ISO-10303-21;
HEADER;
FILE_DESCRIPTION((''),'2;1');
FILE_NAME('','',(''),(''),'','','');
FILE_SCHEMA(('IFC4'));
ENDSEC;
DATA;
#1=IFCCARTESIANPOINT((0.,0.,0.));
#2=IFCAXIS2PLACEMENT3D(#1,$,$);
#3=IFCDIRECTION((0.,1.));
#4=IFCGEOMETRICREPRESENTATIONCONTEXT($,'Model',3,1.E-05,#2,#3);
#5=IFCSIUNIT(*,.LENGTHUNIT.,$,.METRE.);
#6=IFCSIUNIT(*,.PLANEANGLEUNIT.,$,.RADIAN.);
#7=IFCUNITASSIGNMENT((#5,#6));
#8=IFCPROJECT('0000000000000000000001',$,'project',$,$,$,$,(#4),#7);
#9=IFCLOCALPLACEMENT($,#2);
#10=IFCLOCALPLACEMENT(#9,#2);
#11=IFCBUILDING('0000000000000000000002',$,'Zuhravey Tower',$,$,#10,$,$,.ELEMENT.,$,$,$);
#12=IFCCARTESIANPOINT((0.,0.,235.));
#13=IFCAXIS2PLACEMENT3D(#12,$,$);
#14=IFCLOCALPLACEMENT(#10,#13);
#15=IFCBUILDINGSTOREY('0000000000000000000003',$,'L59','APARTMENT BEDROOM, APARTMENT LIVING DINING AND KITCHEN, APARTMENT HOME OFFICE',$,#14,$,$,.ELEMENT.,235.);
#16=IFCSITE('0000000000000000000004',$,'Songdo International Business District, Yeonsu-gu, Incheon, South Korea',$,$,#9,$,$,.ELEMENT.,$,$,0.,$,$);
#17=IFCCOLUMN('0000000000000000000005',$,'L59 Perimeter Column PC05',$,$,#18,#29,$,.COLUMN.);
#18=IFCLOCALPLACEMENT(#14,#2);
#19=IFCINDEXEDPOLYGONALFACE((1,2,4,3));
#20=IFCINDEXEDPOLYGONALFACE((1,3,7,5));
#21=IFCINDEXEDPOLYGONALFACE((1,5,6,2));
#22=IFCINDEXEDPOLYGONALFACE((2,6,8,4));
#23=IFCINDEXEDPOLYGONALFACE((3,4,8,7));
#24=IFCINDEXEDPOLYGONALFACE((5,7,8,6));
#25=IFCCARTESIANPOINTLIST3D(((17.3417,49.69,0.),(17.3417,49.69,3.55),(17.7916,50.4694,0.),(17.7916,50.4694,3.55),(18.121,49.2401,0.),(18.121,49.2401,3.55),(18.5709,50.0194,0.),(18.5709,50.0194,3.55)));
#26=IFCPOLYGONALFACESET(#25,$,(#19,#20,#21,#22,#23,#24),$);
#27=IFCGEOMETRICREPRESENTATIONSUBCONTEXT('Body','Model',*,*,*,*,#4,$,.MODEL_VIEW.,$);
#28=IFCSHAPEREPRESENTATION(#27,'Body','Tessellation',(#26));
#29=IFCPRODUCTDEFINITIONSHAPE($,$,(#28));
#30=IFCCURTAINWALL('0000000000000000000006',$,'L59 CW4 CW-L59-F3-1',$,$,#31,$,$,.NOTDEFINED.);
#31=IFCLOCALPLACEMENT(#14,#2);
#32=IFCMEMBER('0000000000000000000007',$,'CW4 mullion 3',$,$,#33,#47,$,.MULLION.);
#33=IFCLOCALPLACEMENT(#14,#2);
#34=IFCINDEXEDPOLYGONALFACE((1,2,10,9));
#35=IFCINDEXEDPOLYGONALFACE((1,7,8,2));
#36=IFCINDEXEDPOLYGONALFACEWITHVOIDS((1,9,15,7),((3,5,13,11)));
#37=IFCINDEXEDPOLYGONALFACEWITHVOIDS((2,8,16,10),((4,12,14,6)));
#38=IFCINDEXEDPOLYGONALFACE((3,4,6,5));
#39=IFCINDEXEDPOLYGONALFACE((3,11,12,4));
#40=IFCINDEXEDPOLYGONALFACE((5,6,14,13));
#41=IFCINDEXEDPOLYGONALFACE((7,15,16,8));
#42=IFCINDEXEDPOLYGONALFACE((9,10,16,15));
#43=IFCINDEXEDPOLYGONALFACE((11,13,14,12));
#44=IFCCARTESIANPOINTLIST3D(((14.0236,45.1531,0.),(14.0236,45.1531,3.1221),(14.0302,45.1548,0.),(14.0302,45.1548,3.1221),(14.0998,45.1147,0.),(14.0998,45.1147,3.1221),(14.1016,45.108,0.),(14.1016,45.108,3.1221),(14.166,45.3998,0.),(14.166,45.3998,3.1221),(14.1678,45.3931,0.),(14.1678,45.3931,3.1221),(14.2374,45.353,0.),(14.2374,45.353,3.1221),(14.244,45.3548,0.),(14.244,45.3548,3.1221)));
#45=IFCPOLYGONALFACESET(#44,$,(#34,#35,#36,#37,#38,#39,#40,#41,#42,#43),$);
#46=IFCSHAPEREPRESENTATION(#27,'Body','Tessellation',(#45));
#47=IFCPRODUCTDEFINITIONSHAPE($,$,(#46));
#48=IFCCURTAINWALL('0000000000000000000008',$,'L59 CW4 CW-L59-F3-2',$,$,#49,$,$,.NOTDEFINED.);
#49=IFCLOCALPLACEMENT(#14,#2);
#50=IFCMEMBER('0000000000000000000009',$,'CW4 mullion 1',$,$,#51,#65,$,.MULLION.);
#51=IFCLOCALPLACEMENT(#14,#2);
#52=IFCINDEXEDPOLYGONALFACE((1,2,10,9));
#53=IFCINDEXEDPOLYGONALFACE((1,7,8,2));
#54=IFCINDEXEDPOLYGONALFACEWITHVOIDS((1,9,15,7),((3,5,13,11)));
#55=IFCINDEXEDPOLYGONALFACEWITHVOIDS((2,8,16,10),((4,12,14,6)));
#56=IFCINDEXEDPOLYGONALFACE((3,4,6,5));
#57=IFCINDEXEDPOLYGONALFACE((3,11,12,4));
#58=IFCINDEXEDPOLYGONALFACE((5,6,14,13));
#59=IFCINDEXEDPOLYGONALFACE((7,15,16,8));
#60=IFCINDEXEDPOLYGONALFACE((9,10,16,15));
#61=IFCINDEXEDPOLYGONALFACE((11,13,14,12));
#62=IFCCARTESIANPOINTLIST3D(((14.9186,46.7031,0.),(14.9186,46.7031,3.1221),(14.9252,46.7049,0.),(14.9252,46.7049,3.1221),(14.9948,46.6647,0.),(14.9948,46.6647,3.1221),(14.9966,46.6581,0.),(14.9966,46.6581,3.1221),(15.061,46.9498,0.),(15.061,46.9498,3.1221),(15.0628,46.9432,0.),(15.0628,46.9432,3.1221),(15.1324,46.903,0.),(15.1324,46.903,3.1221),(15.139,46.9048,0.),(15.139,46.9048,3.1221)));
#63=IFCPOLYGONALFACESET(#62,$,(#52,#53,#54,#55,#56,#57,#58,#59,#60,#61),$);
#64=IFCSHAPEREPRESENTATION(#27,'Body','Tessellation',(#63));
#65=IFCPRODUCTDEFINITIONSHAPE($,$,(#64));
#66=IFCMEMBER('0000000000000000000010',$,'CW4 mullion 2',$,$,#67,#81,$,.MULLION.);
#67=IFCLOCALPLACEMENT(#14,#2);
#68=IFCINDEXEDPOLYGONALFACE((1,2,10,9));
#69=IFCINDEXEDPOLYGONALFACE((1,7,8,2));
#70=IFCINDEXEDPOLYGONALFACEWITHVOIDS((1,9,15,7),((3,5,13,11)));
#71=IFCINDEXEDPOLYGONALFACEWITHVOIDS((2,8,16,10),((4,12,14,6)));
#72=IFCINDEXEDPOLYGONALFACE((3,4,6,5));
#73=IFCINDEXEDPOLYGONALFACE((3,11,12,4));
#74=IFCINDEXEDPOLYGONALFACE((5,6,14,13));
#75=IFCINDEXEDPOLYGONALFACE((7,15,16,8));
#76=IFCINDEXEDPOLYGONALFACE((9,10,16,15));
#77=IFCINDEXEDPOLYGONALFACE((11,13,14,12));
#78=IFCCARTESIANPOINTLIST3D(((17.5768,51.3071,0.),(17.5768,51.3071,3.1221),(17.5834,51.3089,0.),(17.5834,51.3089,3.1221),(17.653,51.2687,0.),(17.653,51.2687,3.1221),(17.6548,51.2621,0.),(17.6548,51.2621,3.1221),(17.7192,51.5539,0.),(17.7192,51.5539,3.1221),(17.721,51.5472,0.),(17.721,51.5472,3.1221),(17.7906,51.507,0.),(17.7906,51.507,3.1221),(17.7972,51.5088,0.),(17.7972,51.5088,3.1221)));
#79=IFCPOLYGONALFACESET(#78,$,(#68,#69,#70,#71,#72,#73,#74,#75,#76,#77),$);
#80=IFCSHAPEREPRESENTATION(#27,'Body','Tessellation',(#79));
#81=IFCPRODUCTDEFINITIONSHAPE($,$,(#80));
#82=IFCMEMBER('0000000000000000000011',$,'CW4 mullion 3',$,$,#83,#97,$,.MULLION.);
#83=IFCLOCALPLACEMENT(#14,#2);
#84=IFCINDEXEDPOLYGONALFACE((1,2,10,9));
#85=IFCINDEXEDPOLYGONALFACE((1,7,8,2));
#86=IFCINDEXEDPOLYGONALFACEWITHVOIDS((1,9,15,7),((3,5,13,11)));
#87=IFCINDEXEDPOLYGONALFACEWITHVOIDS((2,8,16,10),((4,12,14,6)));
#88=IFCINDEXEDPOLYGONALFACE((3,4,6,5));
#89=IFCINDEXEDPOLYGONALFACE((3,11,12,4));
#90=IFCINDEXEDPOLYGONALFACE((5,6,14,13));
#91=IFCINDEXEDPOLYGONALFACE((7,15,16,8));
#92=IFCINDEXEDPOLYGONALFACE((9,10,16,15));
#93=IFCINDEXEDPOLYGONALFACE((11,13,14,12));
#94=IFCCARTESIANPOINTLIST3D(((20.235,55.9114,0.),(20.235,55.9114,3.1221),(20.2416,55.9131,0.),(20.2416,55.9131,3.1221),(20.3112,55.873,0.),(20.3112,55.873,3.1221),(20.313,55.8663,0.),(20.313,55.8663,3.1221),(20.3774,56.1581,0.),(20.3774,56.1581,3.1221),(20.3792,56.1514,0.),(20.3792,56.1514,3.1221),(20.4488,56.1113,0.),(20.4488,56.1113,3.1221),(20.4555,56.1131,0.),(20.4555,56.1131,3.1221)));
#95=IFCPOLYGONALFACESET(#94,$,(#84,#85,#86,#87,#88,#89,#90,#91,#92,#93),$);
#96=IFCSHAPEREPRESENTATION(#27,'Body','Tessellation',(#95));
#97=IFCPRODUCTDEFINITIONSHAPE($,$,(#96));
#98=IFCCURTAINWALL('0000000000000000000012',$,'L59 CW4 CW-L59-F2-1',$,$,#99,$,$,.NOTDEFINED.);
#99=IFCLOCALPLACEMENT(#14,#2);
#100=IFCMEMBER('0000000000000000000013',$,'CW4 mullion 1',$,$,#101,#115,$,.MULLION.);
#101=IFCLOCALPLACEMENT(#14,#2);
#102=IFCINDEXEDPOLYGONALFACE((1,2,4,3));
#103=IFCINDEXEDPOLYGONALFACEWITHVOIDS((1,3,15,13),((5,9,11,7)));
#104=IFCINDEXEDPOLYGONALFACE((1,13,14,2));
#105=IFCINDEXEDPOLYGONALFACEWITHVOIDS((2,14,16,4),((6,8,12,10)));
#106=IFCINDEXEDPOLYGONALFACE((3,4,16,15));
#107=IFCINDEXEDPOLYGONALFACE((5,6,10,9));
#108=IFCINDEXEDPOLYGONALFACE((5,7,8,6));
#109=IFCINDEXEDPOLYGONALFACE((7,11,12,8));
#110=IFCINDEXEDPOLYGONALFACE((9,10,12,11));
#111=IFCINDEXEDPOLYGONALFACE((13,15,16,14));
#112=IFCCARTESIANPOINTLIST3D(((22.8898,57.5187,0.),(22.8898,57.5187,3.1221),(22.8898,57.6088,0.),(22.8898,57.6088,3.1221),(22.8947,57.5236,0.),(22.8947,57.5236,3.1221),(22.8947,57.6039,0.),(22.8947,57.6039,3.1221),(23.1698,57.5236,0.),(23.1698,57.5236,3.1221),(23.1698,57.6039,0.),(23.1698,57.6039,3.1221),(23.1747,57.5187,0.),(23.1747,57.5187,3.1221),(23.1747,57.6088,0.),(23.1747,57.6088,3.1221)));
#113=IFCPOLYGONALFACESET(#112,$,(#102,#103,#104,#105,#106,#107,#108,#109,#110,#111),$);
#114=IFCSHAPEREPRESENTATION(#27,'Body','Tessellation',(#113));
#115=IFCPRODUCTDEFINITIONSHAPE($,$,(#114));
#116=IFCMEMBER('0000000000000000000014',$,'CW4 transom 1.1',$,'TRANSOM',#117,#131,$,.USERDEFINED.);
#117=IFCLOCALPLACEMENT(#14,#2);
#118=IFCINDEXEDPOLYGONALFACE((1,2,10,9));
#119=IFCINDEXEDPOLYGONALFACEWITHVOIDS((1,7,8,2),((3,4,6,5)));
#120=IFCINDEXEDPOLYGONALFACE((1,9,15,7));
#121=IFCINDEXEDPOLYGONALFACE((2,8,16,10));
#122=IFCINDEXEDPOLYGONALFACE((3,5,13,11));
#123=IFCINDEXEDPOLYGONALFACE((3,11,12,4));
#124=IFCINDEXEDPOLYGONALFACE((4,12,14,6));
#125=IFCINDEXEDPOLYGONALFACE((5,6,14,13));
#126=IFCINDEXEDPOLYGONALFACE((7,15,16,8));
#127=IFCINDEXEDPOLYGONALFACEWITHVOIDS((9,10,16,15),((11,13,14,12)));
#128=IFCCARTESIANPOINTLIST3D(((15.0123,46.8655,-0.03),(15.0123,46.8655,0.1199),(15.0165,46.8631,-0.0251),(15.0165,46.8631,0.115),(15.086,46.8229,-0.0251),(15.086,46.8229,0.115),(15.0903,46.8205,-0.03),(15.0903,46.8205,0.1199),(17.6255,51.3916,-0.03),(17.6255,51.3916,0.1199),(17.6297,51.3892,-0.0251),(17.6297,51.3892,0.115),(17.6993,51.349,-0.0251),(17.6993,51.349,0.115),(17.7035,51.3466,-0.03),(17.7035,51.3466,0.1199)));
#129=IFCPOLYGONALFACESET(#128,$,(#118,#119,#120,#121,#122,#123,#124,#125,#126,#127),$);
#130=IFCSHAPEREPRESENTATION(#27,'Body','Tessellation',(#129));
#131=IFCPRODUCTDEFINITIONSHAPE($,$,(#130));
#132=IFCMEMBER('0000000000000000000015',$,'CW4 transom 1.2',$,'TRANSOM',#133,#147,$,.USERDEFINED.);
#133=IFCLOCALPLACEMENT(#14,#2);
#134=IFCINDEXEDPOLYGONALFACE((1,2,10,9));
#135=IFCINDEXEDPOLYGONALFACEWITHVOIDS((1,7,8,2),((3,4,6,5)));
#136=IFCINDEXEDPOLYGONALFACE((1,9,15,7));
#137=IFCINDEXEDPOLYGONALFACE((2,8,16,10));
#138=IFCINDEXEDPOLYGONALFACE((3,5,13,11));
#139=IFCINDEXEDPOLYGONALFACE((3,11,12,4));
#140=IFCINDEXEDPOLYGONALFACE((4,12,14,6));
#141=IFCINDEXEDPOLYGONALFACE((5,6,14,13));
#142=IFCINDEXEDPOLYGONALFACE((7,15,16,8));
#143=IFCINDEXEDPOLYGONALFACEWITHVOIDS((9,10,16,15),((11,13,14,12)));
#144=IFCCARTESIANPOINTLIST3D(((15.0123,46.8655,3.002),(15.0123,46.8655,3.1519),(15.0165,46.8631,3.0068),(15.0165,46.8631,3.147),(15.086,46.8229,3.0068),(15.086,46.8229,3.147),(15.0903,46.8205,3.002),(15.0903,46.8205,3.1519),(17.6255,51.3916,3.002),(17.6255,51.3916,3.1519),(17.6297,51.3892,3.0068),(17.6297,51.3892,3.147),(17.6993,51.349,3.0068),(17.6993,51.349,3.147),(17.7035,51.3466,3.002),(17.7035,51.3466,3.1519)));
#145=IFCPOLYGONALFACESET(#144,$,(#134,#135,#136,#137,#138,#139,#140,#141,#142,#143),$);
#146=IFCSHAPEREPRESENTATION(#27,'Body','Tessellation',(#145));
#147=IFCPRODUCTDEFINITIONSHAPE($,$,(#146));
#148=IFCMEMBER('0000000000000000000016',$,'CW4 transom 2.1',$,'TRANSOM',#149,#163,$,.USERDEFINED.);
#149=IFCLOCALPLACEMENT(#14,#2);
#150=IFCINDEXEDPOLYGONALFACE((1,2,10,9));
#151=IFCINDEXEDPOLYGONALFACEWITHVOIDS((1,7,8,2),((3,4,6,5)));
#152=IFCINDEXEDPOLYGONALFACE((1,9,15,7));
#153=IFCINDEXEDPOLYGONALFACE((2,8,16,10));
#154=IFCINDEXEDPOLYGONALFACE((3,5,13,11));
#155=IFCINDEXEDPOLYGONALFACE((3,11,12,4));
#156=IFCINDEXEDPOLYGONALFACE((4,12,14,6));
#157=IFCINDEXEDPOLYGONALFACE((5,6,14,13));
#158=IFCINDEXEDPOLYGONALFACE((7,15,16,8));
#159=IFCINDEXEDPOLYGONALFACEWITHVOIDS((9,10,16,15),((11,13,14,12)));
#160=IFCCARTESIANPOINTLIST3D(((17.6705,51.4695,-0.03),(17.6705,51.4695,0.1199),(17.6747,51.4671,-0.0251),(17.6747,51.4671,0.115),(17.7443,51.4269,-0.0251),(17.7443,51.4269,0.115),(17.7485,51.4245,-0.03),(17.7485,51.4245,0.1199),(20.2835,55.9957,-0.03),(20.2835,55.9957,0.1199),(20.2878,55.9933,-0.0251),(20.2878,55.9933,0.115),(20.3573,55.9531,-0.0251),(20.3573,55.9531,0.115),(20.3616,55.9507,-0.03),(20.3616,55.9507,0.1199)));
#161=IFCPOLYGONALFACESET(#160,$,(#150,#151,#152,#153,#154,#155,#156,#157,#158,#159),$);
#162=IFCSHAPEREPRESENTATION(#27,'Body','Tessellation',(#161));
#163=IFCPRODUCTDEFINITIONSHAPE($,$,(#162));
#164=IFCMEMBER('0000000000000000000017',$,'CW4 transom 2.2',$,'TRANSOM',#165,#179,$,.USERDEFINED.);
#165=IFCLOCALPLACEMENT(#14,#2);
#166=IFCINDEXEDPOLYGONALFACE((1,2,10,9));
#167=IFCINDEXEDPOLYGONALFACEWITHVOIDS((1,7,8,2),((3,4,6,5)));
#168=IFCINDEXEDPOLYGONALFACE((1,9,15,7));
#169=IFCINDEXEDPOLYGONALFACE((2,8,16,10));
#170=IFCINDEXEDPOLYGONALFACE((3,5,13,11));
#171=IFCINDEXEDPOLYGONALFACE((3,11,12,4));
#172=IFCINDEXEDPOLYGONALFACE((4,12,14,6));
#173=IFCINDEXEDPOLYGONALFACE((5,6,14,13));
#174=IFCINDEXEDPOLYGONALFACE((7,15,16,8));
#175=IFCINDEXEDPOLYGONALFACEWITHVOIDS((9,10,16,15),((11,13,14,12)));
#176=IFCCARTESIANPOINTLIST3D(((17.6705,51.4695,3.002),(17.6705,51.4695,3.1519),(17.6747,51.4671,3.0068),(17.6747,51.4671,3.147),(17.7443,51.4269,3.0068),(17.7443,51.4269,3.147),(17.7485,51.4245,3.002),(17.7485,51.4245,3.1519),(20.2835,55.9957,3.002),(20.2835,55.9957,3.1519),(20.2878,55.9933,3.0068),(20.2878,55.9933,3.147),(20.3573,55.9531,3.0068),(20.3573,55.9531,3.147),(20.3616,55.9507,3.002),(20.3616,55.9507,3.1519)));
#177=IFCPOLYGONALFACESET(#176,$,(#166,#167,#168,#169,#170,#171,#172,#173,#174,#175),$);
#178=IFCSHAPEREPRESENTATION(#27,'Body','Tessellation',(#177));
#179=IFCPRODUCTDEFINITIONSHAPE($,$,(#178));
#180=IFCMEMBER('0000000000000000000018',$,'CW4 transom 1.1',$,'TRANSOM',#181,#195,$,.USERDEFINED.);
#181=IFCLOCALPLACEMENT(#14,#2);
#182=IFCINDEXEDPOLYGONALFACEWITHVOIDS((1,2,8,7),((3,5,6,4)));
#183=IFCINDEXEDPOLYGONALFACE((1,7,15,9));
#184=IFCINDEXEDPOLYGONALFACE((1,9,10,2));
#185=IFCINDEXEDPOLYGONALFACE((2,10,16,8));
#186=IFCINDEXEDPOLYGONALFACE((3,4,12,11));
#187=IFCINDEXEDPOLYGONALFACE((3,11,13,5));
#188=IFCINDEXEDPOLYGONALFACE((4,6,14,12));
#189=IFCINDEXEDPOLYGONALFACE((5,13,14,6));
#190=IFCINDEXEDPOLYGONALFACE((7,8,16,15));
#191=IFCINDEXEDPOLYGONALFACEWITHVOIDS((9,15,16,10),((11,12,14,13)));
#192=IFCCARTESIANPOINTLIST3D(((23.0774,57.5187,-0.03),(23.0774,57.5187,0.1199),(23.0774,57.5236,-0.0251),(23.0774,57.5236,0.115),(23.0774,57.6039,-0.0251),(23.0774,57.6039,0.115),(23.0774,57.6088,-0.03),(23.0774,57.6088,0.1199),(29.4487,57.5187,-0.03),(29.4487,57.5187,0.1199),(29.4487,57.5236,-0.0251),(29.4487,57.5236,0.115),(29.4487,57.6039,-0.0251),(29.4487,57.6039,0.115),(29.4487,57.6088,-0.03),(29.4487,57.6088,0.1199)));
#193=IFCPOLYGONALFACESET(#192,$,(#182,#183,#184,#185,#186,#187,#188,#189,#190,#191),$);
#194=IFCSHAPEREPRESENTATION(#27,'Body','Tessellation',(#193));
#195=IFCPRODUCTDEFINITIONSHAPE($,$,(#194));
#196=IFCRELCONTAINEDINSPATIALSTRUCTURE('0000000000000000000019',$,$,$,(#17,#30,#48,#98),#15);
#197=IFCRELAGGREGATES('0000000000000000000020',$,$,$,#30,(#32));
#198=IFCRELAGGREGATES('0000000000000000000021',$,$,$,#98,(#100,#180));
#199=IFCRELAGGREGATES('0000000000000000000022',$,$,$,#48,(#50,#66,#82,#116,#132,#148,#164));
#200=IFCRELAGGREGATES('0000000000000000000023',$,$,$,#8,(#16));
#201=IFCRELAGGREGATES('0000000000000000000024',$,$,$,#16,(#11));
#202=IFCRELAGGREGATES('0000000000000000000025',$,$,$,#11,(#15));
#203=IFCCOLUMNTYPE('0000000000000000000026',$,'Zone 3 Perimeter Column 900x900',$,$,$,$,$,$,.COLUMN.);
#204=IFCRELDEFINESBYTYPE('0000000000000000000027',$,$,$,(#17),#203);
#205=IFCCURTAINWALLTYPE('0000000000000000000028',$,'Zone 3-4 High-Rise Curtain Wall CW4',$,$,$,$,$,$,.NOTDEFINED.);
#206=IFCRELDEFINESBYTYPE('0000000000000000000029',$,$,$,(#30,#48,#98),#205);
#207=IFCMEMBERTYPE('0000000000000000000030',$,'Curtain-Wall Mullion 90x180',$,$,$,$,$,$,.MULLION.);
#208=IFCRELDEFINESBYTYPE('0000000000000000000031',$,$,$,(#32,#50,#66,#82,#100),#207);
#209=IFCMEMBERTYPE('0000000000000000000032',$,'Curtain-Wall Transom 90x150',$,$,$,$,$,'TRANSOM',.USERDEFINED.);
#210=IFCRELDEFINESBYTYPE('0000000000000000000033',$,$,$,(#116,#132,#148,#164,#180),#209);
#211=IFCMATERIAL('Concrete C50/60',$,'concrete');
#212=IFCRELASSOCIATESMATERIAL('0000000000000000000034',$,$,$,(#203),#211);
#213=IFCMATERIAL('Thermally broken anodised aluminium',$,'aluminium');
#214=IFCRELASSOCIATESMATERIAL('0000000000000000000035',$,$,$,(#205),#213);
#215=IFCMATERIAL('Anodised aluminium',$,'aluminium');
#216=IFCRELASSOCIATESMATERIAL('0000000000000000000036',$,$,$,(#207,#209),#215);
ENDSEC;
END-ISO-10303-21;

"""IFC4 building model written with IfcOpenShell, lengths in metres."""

from ifc_helpers import new_model, si_unit, direction, frame, origin, origin_2d, place, context, subcontext, project, spatial, rectangle, hollow_rectangle, extrude, material, material_profile, profile_set, type_object, element, aggregate, save


model = new_model("IFC4")

# Units and contexts
model_context = context("Model", 3, precision=1e-05, world=origin(), true_north=direction((0.0, 1.0)))
body_context = subcontext(model_context, "Body", "Model", "MODEL_VIEW")
ifc_project = project(units=[si_unit("LENGTHUNIT", "METRE"), si_unit("PLANEANGLEUNIT", "RADIAN")], contexts=[model_context])

# Site, building, storey
site_placement = place(None, origin())
site = spatial("IfcSite", under=ifc_project, at=site_placement, Name="Songdo International Business District, Yeonsu-gu, Incheon, South Korea", CompositionType="ELEMENT", RefElevation=0.0)
building_placement = place(site_placement, origin())
building = spatial("IfcBuilding", under=site, at=building_placement, Name="Zuhravey Tower", CompositionType="ELEMENT")
storey_placement = place(building_placement, frame((0.0, 0.0, 235.0)))
storey = spatial("IfcBuildingStorey", under=building, at=storey_placement, Name="L59", Description="APARTMENT BEDROOM, APARTMENT LIVING DINING AND KITCHEN, APARTMENT HOME OFFICE", CompositionType="ELEMENT", Elevation=235.0)

# Column
ifc_material_1 = material(Name="Concrete C50/60", Category="concrete")
ifc_material_profile_1 = material_profile(ifc_material_1, rectangle(XDim=0.8999, YDim=0.8999, at=origin_2d()), Name="RC-900x900")
ifc_profile_set_1 = profile_set([ifc_material_profile_1], Name="Concrete C50/60")
column_type = type_object("IfcColumnType", Name="Zone 3 Perimeter Column 900x900", PredefinedType="COLUMN", material=ifc_profile_set_1)
column_placement = place(storey_placement, frame((17.9563, 49.8547, 0.0), z_axis=(0.0, 0.0, 1.0), x_axis=(-0.5, -0.866025, 0.0)))
element("IfcColumn", 1, at=column_placement, inside=storey, type_object=column_type, Name="L59 Perimeter Column PC05", PredefinedType="COLUMN", context=body_context, shape_type="SweptSolid", body=[
    extrude(rectangle(XDim=0.8999, YDim=0.8999, at=origin_2d()), origin(), (0.0, 0.0, 1.0), 3.55),
])

# Curtain wall, member
ifc_material_2 = material(Name="Thermally broken anodised aluminium", Category="aluminium")
curtain_wall_type = type_object("IfcCurtainWallType", Name="Zone 3-4 High-Rise Curtain Wall CW4", PredefinedType="NOTDEFINED", material=ifc_material_2)
curtain_wall_1_placement = place(storey_placement, origin())
curtain_wall_1 = element("IfcCurtainWall", 2, at=curtain_wall_1_placement, inside=storey, type_object=curtain_wall_type, Name="L59 CW4 CW-L59-F3-1", PredefinedType="NOTDEFINED")
ifc_material_3 = material(Name="Anodised aluminium", Category="aluminium")
ifc_material_profile_2 = material_profile(ifc_material_3, hollow_rectangle(XDim=0.0901, YDim=0.2849, WallThickness=0.0049, at=origin_2d()), Name="ALU-RHS-90x285x5")
ifc_profile_set_2 = profile_set([ifc_material_profile_2], Name="Anodised aluminium")
member_type_1 = type_object("IfcMemberType", Name="Curtain-Wall Mullion 90x180", PredefinedType="MULLION", material=ifc_profile_set_2)
member_1_placement = place(storey_placement, frame((14.1338, 45.2539, 0.0), z_axis=(0.0, 0.0, 1.0), x_axis=(-0.866024, 0.500002, 0.0)))
member_1 = element("IfcMember", 3, at=member_1_placement, type_object=member_type_1, Name="CW4 mullion 3", PredefinedType="MULLION", context=body_context, shape_type="SweptSolid", body=[
    extrude(hollow_rectangle(XDim=0.0901, YDim=0.2849, WallThickness=0.0049, at=origin_2d()), origin(), (0.0, 0.0, 1.0), 3.1221),
])
aggregate(curtain_wall_1, [member_1])

# Curtain wall, members
curtain_wall_2_placement = place(storey_placement, origin())
curtain_wall_2 = element("IfcCurtainWall", 4, at=curtain_wall_2_placement, inside=storey, type_object=curtain_wall_type, Name="L59 CW4 CW-L59-F3-2", PredefinedType="NOTDEFINED")
member_2_placement = place(storey_placement, frame((15.0288, 46.804, 0.0), z_axis=(0.0, 0.0, 1.0), x_axis=(-0.866027, 0.499998, 0.0)))
member_2 = element("IfcMember", 5, at=member_2_placement, type_object=member_type_1, Name="CW4 mullion 1", PredefinedType="MULLION", context=body_context, shape_type="SweptSolid", body=[
    extrude(hollow_rectangle(XDim=0.0901, YDim=0.2849, WallThickness=0.0049, at=origin_2d()), origin(), (0.0, 0.0, 1.0), 3.1221),
])
member_3_placement = place(storey_placement, frame((17.687, 51.408, 0.0), z_axis=(0.0, 0.0, 1.0), x_axis=(-0.866027, 0.499998, 0.0)))
member_3 = element("IfcMember", 6, at=member_3_placement, type_object=member_type_1, Name="CW4 mullion 2", PredefinedType="MULLION", context=body_context, shape_type="SweptSolid", body=[
    extrude(hollow_rectangle(XDim=0.0901, YDim=0.2849, WallThickness=0.0049, at=origin_2d()), origin(), (0.0, 0.0, 1.0), 3.1221),
])
member_4_placement = place(storey_placement, frame((20.3452, 56.0122, 0.0), z_axis=(0.0, 0.0, 1.0), x_axis=(-0.866027, 0.499998, 0.0)))
member_4 = element("IfcMember", 7, at=member_4_placement, type_object=member_type_1, Name="CW4 mullion 3", PredefinedType="MULLION", context=body_context, shape_type="SweptSolid", body=[
    extrude(hollow_rectangle(XDim=0.0901, YDim=0.2849, WallThickness=0.0049, at=origin_2d()), origin(), (0.0, 0.0, 1.0), 3.1221),
])

# Curtain wall, member
curtain_wall_3_placement = place(storey_placement, origin())
curtain_wall_3 = element("IfcCurtainWall", 8, at=curtain_wall_3_placement, inside=storey, type_object=curtain_wall_type, Name="L59 CW4 CW-L59-F2-1", PredefinedType="NOTDEFINED")
member_5_placement = place(storey_placement, frame((23.0322, 57.5637, 0.0), z_axis=(0.0, 0.0, 1.0), x_axis=(0.0, 1.0, 0.0)))
member_5 = element("IfcMember", 9, at=member_5_placement, type_object=member_type_1, Name="CW4 mullion 1", PredefinedType="MULLION", context=body_context, shape_type="SweptSolid", body=[
    extrude(hollow_rectangle(XDim=0.0901, YDim=0.2849, WallThickness=0.0049, at=origin_2d()), origin(), (0.0, 0.0, 1.0), 3.1221),
])

# Members
ifc_material_profile_3 = material_profile(ifc_material_3, hollow_rectangle(XDim=0.0901, YDim=0.1499, WallThickness=0.0049, at=origin_2d()), Name="ALU-RHS-90x150x5")
ifc_profile_set_3 = profile_set([ifc_material_profile_3], Name="Anodised aluminium")
member_type_2 = type_object("IfcMemberType", Name="Curtain-Wall Transom 90x150", ElementType="TRANSOM", PredefinedType="USERDEFINED", material=ifc_profile_set_3)
member_6_placement = place(storey_placement, frame((15.0513, 46.843, 0.0449), z_axis=(0.500018, 0.866015, 0.0), x_axis=(-0.866015, 0.500018, 0.0)))
member_6 = element("IfcMember", 10, at=member_6_placement, type_object=member_type_2, Name="CW4 transom 1.1", ObjectType="TRANSOM", PredefinedType="USERDEFINED", context=body_context, shape_type="SweptSolid", body=[
    extrude(hollow_rectangle(XDim=0.0901, YDim=0.1499, WallThickness=0.0049, at=origin_2d()), origin(), (0.0, 0.0, 1.0), 5.2263),
])
member_7_placement = place(storey_placement, frame((15.0513, 46.843, 3.0769), z_axis=(0.500018, 0.866015, 0.0), x_axis=(-0.866015, 0.500018, 0.0)))
member_7 = element("IfcMember", 11, at=member_7_placement, type_object=member_type_2, Name="CW4 transom 1.2", ObjectType="TRANSOM", PredefinedType="USERDEFINED", context=body_context, shape_type="SweptSolid", body=[
    extrude(hollow_rectangle(XDim=0.0901, YDim=0.1499, WallThickness=0.0049, at=origin_2d()), origin(), (0.0, 0.0, 1.0), 5.2263),
])
member_8_placement = place(storey_placement, frame((17.7095, 51.447, 0.0449), z_axis=(0.499983, 0.866035, 0.0), x_axis=(-0.866035, 0.499983, 0.0)))
member_8 = element("IfcMember", 12, at=member_8_placement, type_object=member_type_2, Name="CW4 transom 2.1", ObjectType="TRANSOM", PredefinedType="USERDEFINED", context=body_context, shape_type="SweptSolid", body=[
    extrude(hollow_rectangle(XDim=0.0901, YDim=0.1499, WallThickness=0.0049, at=origin_2d()), origin(), (0.0, 0.0, 1.0), 5.2263),
])
member_9_placement = place(storey_placement, frame((17.7095, 51.447, 3.0769), z_axis=(0.499983, 0.866035, 0.0), x_axis=(-0.866035, 0.499983, 0.0)))
member_9 = element("IfcMember", 13, at=member_9_placement, type_object=member_type_2, Name="CW4 transom 2.2", ObjectType="TRANSOM", PredefinedType="USERDEFINED", context=body_context, shape_type="SweptSolid", body=[
    extrude(hollow_rectangle(XDim=0.0901, YDim=0.1499, WallThickness=0.0049, at=origin_2d()), origin(), (0.0, 0.0, 1.0), 5.2263),
])
member_10_placement = place(storey_placement, frame((23.0774, 57.5637, 0.0449), z_axis=(1.0, 0.0, 0.0), x_axis=(0.0, 1.0, 0.0)))
member_10 = element("IfcMember", 14, at=member_10_placement, type_object=member_type_2, Name="CW4 transom 1.1", ObjectType="TRANSOM", PredefinedType="USERDEFINED", context=body_context, shape_type="SweptSolid", body=[
    extrude(hollow_rectangle(XDim=0.0901, YDim=0.1499, WallThickness=0.0049, at=origin_2d()), origin(), (0.0, 0.0, 1.0), 6.3713),
])
aggregate(curtain_wall_3, [member_5, member_10])

aggregate(curtain_wall_2, [member_2, member_3, member_4, member_6, member_7, member_8, member_9])

save(model, "model.ifc")
